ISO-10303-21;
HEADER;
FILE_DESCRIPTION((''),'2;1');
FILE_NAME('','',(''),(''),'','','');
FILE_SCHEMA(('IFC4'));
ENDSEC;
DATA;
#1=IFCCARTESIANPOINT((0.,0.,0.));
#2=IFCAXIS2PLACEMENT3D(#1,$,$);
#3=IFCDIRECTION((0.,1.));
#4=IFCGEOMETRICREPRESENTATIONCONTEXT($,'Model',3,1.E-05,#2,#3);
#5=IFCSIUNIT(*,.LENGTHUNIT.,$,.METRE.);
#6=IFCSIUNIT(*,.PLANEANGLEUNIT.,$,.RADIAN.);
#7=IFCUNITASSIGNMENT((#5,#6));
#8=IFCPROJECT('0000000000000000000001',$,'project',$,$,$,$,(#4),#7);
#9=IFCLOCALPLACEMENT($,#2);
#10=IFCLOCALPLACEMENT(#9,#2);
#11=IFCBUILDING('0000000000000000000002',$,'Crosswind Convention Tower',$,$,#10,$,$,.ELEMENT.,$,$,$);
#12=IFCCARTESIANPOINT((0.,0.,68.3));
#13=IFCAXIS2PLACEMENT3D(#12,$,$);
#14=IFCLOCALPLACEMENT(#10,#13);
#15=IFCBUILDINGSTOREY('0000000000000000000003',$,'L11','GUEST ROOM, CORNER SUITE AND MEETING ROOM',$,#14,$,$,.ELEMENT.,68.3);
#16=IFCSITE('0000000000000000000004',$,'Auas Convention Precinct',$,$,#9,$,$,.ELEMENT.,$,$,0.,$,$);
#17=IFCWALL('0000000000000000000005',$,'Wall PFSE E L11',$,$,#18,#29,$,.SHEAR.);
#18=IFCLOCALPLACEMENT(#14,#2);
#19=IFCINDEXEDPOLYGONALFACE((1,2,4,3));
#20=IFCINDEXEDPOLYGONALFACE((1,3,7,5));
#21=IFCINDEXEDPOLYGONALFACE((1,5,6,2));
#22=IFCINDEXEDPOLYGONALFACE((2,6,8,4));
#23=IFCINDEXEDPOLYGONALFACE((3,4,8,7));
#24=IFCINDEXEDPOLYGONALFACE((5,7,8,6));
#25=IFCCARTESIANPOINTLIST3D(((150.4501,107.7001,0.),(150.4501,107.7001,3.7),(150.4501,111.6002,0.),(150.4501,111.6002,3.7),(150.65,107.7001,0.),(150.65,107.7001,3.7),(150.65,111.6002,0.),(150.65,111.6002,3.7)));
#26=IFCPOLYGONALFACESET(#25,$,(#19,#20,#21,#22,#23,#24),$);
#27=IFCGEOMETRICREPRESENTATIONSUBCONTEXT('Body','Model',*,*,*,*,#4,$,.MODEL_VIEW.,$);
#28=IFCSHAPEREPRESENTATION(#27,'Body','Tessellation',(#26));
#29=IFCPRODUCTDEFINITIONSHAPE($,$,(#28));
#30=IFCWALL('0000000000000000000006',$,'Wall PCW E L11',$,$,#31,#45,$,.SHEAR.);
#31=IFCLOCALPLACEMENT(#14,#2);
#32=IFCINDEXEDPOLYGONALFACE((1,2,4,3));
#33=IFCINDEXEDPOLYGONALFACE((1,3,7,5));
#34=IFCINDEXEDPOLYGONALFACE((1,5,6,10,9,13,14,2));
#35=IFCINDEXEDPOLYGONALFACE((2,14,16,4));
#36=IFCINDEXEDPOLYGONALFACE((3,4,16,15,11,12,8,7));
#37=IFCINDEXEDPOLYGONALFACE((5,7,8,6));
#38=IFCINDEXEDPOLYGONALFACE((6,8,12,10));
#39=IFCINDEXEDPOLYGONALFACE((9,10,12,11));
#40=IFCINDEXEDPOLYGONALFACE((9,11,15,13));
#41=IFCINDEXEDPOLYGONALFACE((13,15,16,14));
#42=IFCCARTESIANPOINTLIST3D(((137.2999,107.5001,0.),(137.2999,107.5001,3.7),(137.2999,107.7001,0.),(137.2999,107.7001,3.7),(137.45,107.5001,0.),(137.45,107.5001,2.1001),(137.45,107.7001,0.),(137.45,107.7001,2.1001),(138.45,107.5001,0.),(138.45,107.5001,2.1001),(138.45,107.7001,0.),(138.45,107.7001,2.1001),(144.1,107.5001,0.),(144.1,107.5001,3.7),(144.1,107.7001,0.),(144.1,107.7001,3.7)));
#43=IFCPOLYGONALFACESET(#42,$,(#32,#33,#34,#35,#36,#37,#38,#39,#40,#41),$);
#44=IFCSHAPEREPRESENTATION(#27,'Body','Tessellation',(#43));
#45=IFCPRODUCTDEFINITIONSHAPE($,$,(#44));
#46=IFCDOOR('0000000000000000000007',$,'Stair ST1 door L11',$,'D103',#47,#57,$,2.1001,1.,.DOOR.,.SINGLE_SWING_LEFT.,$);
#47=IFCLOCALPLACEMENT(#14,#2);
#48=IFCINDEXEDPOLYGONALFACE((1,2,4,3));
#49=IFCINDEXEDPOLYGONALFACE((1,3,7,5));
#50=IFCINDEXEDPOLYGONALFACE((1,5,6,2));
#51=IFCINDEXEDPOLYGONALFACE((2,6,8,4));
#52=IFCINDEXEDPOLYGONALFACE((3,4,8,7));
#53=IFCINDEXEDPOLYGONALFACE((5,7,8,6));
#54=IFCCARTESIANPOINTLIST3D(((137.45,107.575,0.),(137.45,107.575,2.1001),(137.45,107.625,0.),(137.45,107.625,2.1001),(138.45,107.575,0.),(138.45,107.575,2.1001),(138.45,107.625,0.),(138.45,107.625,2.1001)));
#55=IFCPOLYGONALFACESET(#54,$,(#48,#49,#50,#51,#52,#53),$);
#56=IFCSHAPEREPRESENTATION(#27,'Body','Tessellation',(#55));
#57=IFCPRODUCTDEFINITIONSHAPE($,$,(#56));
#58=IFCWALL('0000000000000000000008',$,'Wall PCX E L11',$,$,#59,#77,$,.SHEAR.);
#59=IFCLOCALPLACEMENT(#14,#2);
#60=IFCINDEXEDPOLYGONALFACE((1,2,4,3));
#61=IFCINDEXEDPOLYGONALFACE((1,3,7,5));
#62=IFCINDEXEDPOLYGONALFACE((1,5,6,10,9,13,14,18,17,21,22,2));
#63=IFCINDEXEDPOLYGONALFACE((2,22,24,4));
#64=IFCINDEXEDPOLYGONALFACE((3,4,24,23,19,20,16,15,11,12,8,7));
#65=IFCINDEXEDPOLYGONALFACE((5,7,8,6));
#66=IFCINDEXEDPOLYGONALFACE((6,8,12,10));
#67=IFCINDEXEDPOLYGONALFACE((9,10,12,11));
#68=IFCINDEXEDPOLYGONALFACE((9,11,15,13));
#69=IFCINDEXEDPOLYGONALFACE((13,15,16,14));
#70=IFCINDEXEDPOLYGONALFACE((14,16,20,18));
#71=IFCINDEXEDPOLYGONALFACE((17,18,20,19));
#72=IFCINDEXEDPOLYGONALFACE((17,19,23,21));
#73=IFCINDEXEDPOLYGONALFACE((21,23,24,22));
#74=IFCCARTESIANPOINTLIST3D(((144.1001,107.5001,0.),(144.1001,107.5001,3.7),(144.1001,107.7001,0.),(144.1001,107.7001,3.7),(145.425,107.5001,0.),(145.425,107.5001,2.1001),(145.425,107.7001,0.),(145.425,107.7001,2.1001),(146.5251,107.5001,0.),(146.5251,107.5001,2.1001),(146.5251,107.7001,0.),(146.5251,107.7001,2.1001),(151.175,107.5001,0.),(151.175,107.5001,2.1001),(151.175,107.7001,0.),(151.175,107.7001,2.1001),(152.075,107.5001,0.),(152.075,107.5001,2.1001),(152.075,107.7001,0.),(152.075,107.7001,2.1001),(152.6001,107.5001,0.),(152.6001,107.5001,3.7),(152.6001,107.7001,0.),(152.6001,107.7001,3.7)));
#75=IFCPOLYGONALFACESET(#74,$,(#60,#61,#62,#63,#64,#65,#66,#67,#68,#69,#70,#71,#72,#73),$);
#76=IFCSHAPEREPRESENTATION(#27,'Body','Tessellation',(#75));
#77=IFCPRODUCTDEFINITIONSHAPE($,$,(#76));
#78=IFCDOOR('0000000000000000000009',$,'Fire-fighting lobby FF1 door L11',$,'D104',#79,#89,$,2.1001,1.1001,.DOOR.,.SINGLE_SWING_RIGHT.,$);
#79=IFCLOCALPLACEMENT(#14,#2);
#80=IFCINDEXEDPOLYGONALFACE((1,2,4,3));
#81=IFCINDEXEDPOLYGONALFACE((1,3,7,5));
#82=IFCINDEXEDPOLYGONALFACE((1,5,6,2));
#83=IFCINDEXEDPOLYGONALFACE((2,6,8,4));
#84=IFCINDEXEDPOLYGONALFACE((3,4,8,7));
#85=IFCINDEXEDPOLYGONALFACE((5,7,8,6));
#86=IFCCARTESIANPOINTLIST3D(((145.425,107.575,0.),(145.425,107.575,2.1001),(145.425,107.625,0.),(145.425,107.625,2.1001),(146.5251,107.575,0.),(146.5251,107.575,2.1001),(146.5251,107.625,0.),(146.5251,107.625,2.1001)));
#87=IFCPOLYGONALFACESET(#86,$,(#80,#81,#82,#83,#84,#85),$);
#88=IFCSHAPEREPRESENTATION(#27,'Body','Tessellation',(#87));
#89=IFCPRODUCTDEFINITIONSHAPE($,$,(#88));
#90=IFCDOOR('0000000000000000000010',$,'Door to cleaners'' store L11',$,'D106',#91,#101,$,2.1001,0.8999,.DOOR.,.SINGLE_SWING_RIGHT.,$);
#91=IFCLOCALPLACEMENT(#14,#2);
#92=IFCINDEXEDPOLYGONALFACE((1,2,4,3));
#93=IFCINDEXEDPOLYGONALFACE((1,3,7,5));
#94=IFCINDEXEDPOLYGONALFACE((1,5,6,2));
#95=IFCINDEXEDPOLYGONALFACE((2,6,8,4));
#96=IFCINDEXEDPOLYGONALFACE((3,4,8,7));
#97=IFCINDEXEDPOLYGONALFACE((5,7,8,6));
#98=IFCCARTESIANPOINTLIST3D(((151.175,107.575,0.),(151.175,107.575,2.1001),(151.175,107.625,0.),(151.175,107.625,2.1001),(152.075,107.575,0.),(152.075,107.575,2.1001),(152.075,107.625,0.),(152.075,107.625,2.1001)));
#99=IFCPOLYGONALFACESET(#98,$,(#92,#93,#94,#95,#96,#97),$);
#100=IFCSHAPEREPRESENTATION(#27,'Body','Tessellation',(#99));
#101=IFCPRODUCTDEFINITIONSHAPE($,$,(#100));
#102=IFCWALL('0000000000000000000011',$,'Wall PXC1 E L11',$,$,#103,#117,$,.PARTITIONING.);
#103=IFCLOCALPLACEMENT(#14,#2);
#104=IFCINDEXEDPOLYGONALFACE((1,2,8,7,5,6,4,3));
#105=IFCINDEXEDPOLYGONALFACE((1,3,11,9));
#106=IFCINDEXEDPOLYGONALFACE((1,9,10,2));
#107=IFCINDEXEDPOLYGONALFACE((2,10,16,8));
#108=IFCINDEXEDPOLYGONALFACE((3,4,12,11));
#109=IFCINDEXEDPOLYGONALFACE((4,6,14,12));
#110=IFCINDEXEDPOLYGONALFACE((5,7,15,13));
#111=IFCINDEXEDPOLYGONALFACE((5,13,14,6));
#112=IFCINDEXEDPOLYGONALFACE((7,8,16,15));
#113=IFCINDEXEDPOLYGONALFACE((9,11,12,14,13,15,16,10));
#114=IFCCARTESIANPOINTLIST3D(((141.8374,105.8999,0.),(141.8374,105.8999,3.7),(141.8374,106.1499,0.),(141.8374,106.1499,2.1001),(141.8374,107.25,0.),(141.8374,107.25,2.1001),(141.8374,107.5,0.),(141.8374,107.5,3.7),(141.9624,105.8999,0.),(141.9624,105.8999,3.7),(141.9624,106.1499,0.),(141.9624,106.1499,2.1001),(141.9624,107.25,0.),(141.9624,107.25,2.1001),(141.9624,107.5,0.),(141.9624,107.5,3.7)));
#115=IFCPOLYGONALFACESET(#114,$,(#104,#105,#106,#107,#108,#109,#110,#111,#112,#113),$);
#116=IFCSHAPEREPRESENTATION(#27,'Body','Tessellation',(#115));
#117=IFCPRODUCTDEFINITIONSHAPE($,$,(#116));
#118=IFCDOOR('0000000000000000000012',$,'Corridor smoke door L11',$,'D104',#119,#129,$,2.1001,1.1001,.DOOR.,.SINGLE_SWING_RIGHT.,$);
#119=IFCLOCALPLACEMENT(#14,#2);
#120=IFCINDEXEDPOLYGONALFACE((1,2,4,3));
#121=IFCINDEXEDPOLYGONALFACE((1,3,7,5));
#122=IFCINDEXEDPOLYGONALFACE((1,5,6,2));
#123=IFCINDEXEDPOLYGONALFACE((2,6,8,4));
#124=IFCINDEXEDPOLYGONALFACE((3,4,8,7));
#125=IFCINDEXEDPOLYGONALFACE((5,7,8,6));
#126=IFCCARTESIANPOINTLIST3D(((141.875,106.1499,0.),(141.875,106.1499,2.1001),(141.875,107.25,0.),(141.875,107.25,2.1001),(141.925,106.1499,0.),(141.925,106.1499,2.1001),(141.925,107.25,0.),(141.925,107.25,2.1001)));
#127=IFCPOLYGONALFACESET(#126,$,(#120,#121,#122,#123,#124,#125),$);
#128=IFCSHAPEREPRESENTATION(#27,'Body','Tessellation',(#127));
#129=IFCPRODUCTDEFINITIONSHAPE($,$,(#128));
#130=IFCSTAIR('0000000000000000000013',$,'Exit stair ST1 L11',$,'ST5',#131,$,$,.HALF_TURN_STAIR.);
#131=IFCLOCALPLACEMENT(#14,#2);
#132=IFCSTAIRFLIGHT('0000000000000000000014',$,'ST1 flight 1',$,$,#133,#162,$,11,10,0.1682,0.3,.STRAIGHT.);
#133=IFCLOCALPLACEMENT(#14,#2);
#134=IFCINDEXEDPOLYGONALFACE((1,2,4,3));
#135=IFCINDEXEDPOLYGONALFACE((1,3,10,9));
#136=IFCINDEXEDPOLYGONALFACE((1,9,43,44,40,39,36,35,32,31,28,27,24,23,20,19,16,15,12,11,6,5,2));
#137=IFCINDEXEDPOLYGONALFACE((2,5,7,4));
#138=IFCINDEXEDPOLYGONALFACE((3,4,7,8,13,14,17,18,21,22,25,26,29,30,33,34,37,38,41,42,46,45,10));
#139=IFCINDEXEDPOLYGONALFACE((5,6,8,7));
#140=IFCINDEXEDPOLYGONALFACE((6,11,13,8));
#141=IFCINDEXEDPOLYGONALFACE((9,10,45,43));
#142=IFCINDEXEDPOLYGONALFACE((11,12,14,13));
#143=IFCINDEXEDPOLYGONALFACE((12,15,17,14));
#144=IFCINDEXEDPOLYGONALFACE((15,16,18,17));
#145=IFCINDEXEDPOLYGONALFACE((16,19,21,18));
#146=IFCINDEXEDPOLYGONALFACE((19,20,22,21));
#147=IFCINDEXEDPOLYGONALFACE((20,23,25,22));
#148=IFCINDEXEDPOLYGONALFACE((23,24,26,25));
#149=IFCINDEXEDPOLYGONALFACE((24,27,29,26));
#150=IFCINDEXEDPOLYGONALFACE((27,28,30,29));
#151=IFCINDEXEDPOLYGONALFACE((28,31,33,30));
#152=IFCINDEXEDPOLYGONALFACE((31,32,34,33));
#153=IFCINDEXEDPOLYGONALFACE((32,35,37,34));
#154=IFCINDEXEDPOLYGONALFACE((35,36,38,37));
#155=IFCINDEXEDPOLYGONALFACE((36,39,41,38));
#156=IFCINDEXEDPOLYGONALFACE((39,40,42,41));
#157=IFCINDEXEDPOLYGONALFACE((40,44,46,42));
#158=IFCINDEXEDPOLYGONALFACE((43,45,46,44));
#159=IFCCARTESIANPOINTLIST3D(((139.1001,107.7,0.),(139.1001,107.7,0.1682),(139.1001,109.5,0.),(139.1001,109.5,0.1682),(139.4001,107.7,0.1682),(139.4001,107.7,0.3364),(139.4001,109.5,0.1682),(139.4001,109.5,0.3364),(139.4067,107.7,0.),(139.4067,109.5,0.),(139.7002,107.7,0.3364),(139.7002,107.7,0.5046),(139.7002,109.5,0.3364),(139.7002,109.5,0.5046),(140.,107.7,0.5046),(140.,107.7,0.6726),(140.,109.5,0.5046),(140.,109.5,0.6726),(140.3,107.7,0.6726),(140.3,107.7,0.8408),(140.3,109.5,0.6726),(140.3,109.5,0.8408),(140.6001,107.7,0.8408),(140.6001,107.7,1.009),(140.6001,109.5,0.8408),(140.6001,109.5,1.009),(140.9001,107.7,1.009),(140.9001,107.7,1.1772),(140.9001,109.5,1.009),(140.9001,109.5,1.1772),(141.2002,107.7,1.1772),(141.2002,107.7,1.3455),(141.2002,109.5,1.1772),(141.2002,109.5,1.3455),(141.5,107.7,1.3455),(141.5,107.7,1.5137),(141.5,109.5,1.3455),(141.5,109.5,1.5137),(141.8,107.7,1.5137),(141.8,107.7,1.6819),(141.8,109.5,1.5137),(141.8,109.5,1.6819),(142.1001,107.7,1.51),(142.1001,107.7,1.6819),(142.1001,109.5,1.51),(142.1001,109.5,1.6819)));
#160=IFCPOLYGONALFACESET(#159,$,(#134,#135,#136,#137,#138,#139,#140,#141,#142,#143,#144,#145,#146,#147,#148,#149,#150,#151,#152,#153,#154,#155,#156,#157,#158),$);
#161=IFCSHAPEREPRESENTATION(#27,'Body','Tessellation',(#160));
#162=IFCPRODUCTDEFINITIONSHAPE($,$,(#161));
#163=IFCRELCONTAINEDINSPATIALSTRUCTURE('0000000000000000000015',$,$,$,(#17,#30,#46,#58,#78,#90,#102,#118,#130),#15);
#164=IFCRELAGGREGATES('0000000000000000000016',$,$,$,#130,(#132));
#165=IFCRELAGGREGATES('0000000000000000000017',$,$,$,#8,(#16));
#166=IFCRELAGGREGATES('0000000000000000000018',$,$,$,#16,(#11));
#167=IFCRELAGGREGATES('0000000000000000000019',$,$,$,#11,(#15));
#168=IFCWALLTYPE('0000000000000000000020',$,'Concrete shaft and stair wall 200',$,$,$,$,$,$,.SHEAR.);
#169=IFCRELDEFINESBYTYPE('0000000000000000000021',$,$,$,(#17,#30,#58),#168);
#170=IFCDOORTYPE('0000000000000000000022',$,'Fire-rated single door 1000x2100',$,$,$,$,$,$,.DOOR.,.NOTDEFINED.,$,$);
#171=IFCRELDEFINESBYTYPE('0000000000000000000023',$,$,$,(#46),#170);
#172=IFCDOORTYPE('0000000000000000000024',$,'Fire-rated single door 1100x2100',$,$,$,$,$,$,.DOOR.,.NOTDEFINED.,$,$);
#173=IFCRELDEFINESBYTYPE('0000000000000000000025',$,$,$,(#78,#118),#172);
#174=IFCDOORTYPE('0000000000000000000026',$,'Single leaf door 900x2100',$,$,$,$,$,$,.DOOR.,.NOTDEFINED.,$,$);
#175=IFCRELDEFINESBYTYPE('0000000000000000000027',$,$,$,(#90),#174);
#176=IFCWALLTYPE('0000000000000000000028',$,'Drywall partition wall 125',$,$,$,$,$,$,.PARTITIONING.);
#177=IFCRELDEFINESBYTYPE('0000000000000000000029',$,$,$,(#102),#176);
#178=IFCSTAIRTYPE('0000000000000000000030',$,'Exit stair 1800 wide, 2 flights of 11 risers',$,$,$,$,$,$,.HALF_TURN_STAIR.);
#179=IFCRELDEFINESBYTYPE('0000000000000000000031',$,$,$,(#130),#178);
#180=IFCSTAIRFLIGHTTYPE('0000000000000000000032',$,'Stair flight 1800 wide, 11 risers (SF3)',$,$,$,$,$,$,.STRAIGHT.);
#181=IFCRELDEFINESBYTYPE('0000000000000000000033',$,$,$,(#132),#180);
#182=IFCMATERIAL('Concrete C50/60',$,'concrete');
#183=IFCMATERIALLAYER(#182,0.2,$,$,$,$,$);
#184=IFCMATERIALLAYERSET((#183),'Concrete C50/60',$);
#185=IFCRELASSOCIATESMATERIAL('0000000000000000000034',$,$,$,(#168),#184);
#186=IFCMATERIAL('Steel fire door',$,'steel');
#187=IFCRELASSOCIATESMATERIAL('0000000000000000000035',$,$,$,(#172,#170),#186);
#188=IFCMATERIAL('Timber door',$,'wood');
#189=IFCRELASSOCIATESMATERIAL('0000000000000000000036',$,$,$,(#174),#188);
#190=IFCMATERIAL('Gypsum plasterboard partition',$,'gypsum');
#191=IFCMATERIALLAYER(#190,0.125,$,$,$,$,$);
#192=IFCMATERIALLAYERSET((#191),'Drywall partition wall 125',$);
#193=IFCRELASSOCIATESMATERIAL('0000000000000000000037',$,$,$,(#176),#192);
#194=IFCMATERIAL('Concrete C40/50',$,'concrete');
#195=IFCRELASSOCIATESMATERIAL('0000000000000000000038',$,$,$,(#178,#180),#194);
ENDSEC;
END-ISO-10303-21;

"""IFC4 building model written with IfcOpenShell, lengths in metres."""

from ifc_helpers import new_model, si_unit, direction, frame, frame_2d, origin, place, context, subcontext, project, spatial, polyline, rectangle, outline, extrude, material, layer, layer_set, type_object, element, fill, aggregate, save


model = new_model("IFC4")

# Units and contexts
model_context = context("Model", 3, precision=1e-05, world=origin(), true_north=direction((0.0, 1.0)))
body_context = subcontext(model_context, "Body", "Model", "MODEL_VIEW")
ifc_project = project(units=[si_unit("LENGTHUNIT", "METRE"), si_unit("PLANEANGLEUNIT", "RADIAN")], contexts=[model_context])

# Site, building, storey
site_placement = place(None, origin())
site = spatial("IfcSite", under=ifc_project, at=site_placement, Name="Auas Convention Precinct", CompositionType="ELEMENT", RefElevation=0.0)
building_placement = place(site_placement, origin())
building = spatial("IfcBuilding", under=site, at=building_placement, Name="Crosswind Convention Tower", CompositionType="ELEMENT")
storey_placement = place(building_placement, frame((0.0, 0.0, 68.3)))
storey = spatial("IfcBuildingStorey", under=building, at=storey_placement, Name="L11", Description="GUEST ROOM, CORNER SUITE AND MEETING ROOM", CompositionType="ELEMENT", Elevation=68.3)

# Shared definitions
ifc_material_1 = material(Name="Concrete C50/60", Category="concrete")
ifc_layer_1 = layer(ifc_material_1, 0.2)
ifc_layer_set_1 = layer_set([ifc_layer_1], Name="Concrete C50/60")
wall_type_1 = type_object("IfcWallType", Name="Concrete shaft and stair wall 200", PredefinedType="SHEAR", material=ifc_layer_set_1)

# Shared definitions
ifc_material_2 = material(Name="Steel fire door", Category="steel")
door_type_1 = type_object("IfcDoorType", Name="Fire-rated single door 1100x2100", OperationType="NOTDEFINED", PredefinedType="DOOR", material=ifc_material_2)

# Wall
wall_1_placement = place(storey_placement, frame((150.55, 107.7, 0.0), z_axis=(0.0, 0.0, 1.0), x_axis=(0.0, 1.0, 0.0)))
element("IfcWall", 1, at=wall_1_placement, inside=storey, type_object=wall_type_1, Name="Wall PFSE E L11", PredefinedType="SHEAR", context=body_context, shape_type="SweptSolid", body=[
    extrude(rectangle(XDim=3.9001, YDim=0.2, at=frame_2d((1.9502, 0.0))), origin(), (0.0, 0.0, 1.0), 3.7),
])

# Wall, opening, door
wall_2_placement = place(storey_placement, frame((137.3, 107.6001, 0.0), z_axis=(0.0, 0.0, 1.0), x_axis=(1.0, 0.0, 0.0)))
wall_2 = element("IfcWall", 2, at=wall_2_placement, inside=storey, type_object=wall_type_1, Name="Wall PCW E L11", PredefinedType="SHEAR", context=body_context, shape_type="SweptSolid", body=[
    extrude(rectangle(XDim=6.8, YDim=0.2, at=frame_2d((3.3999, 0.0))), origin(), (0.0, 0.0, 1.0), 3.7),
])
opening_1_placement = place(wall_2_placement, frame((0.1499, 0.0, 0.0)))
opening_1 = element("IfcOpeningElement", 3, at=opening_1_placement, cuts=wall_2, PredefinedType="OPENING", context=body_context, shape_type="SweptSolid", body=[
    extrude(rectangle(XDim=1.0, YDim=2.1001, at=frame_2d((0.5, 1.05))), frame((0.0, 0.1099, 0.0), z_axis=(0.0, -1.0, 0.0), x_axis=(1.0, 0.0, 0.0)), (0.0, 0.0, 1.0), 0.22),
])
door_type_2 = type_object("IfcDoorType", Name="Fire-rated single door 1000x2100", OperationType="NOTDEFINED", PredefinedType="DOOR", material=ifc_material_2)
door_1_placement = place(opening_1_placement, origin())
door_1 = element("IfcDoor", 4, at=door_1_placement, inside=storey, type_object=door_type_2, Name="Stair ST1 door L11", ObjectType="D103", OperationType="SINGLE_SWING_LEFT", OverallHeight=2.1001, OverallWidth=1.0, PredefinedType="DOOR", context=body_context, shape_type="SweptSolid", body=[
    extrude(rectangle(XDim=1.0, YDim=2.1001, at=frame_2d((0.5, 1.05))), frame((0.0, 0.0249, 0.0), z_axis=(0.0, -1.0, 0.0), x_axis=(1.0, 0.0, 0.0)), (0.0, 0.0, 1.0), 0.05),
])
fill(opening_1, door_1)

# Wall, openings, doors
wall_3_placement = place(storey_placement, frame((144.1001, 107.6001, 0.0), z_axis=(0.0, 0.0, 1.0), x_axis=(1.0, 0.0, 0.0)))
wall_3 = element("IfcWall", 5, at=wall_3_placement, inside=storey, type_object=wall_type_1, Name="Wall PCX E L11", PredefinedType="SHEAR", context=body_context, shape_type="SweptSolid", body=[
    extrude(rectangle(XDim=8.5, YDim=0.2, at=frame_2d((4.25, 0.0))), origin(), (0.0, 0.0, 1.0), 3.7),
])
opening_2_placement = place(wall_3_placement, frame((1.325, 0.0, 0.0)))
opening_2 = element("IfcOpeningElement", 6, at=opening_2_placement, cuts=wall_3, PredefinedType="OPENING", context=body_context, shape_type="SweptSolid", body=[
    extrude(rectangle(XDim=1.1001, YDim=2.1001, at=frame_2d((0.55, 1.05))), frame((0.0, 0.1099, 0.0), z_axis=(0.0, -1.0, 0.0), x_axis=(1.0, 0.0, 0.0)), (0.0, 0.0, 1.0), 0.22),
])
opening_3_placement = place(wall_3_placement, frame((7.075, 0.0, 0.0)))
opening_3 = element("IfcOpeningElement", 7, at=opening_3_placement, cuts=wall_3, PredefinedType="OPENING", context=body_context, shape_type="SweptSolid", body=[
    extrude(rectangle(XDim=0.8999, YDim=2.1001, at=frame_2d((0.45, 1.05))), frame((0.0, 0.1099, 0.0), z_axis=(0.0, -1.0, 0.0), x_axis=(1.0, 0.0, 0.0)), (0.0, 0.0, 1.0), 0.22),
])
door_2_placement = place(opening_2_placement, origin())
door_2 = element("IfcDoor", 8, at=door_2_placement, inside=storey, type_object=door_type_1, Name="Fire-fighting lobby FF1 door L11", ObjectType="D104", OperationType="SINGLE_SWING_RIGHT", OverallHeight=2.1001, OverallWidth=1.1001, PredefinedType="DOOR", context=body_context, shape_type="SweptSolid", body=[
    extrude(rectangle(XDim=1.1001, YDim=2.1001, at=frame_2d((0.55, 1.05))), frame((0.0, 0.0249, 0.0), z_axis=(0.0, -1.0, 0.0), x_axis=(1.0, 0.0, 0.0)), (0.0, 0.0, 1.0), 0.05),
])
fill(opening_2, door_2)
ifc_material_3 = material(Name="Timber door", Category="wood")
door_type_3 = type_object("IfcDoorType", Name="Single leaf door 900x2100", OperationType="NOTDEFINED", PredefinedType="DOOR", material=ifc_material_3)
door_3_placement = place(opening_3_placement, origin())
door_3 = element("IfcDoor", 9, at=door_3_placement, inside=storey, type_object=door_type_3, Name="Door to cleaners' store L11", ObjectType="D106", OperationType="SINGLE_SWING_RIGHT", OverallHeight=2.1001, OverallWidth=0.8999, PredefinedType="DOOR", context=body_context, shape_type="SweptSolid", body=[
    extrude(rectangle(XDim=0.8999, YDim=2.1001, at=frame_2d((0.45, 1.05))), frame((0.0, 0.0249, 0.0), z_axis=(0.0, -1.0, 0.0), x_axis=(1.0, 0.0, 0.0)), (0.0, 0.0, 1.0), 0.05),
])
fill(opening_3, door_3)

# Wall, opening, door
ifc_material_4 = material(Name="Gypsum plasterboard partition", Category="gypsum")
ifc_layer_2 = layer(ifc_material_4, 0.125)
ifc_layer_set_2 = layer_set([ifc_layer_2], Name="Drywall partition wall 125")
wall_type_2 = type_object("IfcWallType", Name="Drywall partition wall 125", PredefinedType="PARTITIONING", material=ifc_layer_set_2)
wall_4_placement = place(storey_placement, frame((141.8999, 105.8999, 0.0), z_axis=(0.0, 0.0, 1.0), x_axis=(0.0, 1.0, 0.0)))
wall_4 = element("IfcWall", 10, at=wall_4_placement, inside=storey, type_object=wall_type_2, Name="Wall PXC1 E L11", PredefinedType="PARTITIONING", context=body_context, shape_type="SweptSolid", body=[
    extrude(rectangle(XDim=1.6001, YDim=0.125, at=frame_2d((0.8, 0.0))), origin(), (0.0, 0.0, 1.0), 3.7),
])
opening_4_placement = place(wall_4_placement, frame((0.25, 0.0, 0.0)))
opening_4 = element("IfcOpeningElement", 11, at=opening_4_placement, cuts=wall_4, PredefinedType="OPENING", context=body_context, shape_type="SweptSolid", body=[
    extrude(rectangle(XDim=1.1001, YDim=2.1001, at=frame_2d((0.55, 1.05))), frame((0.0, 0.0725, 0.0), z_axis=(0.0, -1.0, 0.0), x_axis=(1.0, 0.0, 0.0)), (0.0, 0.0, 1.0), 0.145),
])
door_4_placement = place(opening_4_placement, origin())
door_4 = element("IfcDoor", 12, at=door_4_placement, inside=storey, type_object=door_type_1, Name="Corridor smoke door L11", ObjectType="D104", OperationType="SINGLE_SWING_RIGHT", OverallHeight=2.1001, OverallWidth=1.1001, PredefinedType="DOOR", context=body_context, shape_type="SweptSolid", body=[
    extrude(rectangle(XDim=1.1001, YDim=2.1001, at=frame_2d((0.55, 1.05))), frame((0.0, 0.0249, 0.0), z_axis=(0.0, -1.0, 0.0), x_axis=(1.0, 0.0, 0.0)), (0.0, 0.0, 1.0), 0.05),
])
fill(opening_4, door_4)

# Stair, stair flight
ifc_material_5 = material(Name="Concrete C40/50", Category="concrete")
stair_type = type_object("IfcStairType", Name="Exit stair 1800 wide, 2 flights of 11 risers", PredefinedType="HALF_TURN_STAIR", material=ifc_material_5)
stair_placement = place(storey_placement, origin())
stair = element("IfcStair", 13, at=stair_placement, inside=storey, type_object=stair_type, Name="Exit stair ST1 L11", ObjectType="ST5", PredefinedType="HALF_TURN_STAIR")
stair_flight_type = type_object("IfcStairFlightType", Name="Stair flight 1800 wide, 11 risers (SF3)", PredefinedType="STRAIGHT", material=ifc_material_5)
stair_flight_placement = place(storey_placement, frame((139.1001, 108.6001, 0.0), z_axis=(0.0, 0.0, 1.0), x_axis=(1.0, 0.0, 0.0)))
stair_flight = element("IfcStairFlight", 14, at=stair_flight_placement, type_object=stair_flight_type, Name="ST1 flight 1", NumberOfRisers=11, NumberOfTreads=10, PredefinedType="STRAIGHT", RiserHeight=0.1682, TreadLength=0.3, context=body_context, shape_type="SweptSolid", body=[
    extrude(outline(polyline([(0.0, 0.0), (0.0, 0.1682), (0.3, 0.1682), (0.3, 0.3364), (0.6001, 0.3364), (0.6001, 0.5046), (0.8999, 0.5046), (0.8999, 0.6726), (1.2, 0.6726), (1.2, 0.8408), (1.5, 0.8408), (1.5, 1.009), (1.8, 1.009), (1.8, 1.1772), (2.1001, 1.1772), (2.1001, 1.3455), (2.3999, 1.3455), (2.3999, 1.5137), (2.7, 1.5137), (2.7, 1.6819), (3.0, 1.6819), (3.0, 1.8501), (3.0, 1.51), (0.3066, 0.0), (0.0, 0.0)])), frame((0.0, 0.8999, 0.0), z_axis=(0.0, -1.0, 0.0), x_axis=(1.0, 0.0, 0.0)), (0.0, 0.0, 1.0), 1.8),
])
aggregate(stair, [stair_flight])

save(model, "model.ifc")
